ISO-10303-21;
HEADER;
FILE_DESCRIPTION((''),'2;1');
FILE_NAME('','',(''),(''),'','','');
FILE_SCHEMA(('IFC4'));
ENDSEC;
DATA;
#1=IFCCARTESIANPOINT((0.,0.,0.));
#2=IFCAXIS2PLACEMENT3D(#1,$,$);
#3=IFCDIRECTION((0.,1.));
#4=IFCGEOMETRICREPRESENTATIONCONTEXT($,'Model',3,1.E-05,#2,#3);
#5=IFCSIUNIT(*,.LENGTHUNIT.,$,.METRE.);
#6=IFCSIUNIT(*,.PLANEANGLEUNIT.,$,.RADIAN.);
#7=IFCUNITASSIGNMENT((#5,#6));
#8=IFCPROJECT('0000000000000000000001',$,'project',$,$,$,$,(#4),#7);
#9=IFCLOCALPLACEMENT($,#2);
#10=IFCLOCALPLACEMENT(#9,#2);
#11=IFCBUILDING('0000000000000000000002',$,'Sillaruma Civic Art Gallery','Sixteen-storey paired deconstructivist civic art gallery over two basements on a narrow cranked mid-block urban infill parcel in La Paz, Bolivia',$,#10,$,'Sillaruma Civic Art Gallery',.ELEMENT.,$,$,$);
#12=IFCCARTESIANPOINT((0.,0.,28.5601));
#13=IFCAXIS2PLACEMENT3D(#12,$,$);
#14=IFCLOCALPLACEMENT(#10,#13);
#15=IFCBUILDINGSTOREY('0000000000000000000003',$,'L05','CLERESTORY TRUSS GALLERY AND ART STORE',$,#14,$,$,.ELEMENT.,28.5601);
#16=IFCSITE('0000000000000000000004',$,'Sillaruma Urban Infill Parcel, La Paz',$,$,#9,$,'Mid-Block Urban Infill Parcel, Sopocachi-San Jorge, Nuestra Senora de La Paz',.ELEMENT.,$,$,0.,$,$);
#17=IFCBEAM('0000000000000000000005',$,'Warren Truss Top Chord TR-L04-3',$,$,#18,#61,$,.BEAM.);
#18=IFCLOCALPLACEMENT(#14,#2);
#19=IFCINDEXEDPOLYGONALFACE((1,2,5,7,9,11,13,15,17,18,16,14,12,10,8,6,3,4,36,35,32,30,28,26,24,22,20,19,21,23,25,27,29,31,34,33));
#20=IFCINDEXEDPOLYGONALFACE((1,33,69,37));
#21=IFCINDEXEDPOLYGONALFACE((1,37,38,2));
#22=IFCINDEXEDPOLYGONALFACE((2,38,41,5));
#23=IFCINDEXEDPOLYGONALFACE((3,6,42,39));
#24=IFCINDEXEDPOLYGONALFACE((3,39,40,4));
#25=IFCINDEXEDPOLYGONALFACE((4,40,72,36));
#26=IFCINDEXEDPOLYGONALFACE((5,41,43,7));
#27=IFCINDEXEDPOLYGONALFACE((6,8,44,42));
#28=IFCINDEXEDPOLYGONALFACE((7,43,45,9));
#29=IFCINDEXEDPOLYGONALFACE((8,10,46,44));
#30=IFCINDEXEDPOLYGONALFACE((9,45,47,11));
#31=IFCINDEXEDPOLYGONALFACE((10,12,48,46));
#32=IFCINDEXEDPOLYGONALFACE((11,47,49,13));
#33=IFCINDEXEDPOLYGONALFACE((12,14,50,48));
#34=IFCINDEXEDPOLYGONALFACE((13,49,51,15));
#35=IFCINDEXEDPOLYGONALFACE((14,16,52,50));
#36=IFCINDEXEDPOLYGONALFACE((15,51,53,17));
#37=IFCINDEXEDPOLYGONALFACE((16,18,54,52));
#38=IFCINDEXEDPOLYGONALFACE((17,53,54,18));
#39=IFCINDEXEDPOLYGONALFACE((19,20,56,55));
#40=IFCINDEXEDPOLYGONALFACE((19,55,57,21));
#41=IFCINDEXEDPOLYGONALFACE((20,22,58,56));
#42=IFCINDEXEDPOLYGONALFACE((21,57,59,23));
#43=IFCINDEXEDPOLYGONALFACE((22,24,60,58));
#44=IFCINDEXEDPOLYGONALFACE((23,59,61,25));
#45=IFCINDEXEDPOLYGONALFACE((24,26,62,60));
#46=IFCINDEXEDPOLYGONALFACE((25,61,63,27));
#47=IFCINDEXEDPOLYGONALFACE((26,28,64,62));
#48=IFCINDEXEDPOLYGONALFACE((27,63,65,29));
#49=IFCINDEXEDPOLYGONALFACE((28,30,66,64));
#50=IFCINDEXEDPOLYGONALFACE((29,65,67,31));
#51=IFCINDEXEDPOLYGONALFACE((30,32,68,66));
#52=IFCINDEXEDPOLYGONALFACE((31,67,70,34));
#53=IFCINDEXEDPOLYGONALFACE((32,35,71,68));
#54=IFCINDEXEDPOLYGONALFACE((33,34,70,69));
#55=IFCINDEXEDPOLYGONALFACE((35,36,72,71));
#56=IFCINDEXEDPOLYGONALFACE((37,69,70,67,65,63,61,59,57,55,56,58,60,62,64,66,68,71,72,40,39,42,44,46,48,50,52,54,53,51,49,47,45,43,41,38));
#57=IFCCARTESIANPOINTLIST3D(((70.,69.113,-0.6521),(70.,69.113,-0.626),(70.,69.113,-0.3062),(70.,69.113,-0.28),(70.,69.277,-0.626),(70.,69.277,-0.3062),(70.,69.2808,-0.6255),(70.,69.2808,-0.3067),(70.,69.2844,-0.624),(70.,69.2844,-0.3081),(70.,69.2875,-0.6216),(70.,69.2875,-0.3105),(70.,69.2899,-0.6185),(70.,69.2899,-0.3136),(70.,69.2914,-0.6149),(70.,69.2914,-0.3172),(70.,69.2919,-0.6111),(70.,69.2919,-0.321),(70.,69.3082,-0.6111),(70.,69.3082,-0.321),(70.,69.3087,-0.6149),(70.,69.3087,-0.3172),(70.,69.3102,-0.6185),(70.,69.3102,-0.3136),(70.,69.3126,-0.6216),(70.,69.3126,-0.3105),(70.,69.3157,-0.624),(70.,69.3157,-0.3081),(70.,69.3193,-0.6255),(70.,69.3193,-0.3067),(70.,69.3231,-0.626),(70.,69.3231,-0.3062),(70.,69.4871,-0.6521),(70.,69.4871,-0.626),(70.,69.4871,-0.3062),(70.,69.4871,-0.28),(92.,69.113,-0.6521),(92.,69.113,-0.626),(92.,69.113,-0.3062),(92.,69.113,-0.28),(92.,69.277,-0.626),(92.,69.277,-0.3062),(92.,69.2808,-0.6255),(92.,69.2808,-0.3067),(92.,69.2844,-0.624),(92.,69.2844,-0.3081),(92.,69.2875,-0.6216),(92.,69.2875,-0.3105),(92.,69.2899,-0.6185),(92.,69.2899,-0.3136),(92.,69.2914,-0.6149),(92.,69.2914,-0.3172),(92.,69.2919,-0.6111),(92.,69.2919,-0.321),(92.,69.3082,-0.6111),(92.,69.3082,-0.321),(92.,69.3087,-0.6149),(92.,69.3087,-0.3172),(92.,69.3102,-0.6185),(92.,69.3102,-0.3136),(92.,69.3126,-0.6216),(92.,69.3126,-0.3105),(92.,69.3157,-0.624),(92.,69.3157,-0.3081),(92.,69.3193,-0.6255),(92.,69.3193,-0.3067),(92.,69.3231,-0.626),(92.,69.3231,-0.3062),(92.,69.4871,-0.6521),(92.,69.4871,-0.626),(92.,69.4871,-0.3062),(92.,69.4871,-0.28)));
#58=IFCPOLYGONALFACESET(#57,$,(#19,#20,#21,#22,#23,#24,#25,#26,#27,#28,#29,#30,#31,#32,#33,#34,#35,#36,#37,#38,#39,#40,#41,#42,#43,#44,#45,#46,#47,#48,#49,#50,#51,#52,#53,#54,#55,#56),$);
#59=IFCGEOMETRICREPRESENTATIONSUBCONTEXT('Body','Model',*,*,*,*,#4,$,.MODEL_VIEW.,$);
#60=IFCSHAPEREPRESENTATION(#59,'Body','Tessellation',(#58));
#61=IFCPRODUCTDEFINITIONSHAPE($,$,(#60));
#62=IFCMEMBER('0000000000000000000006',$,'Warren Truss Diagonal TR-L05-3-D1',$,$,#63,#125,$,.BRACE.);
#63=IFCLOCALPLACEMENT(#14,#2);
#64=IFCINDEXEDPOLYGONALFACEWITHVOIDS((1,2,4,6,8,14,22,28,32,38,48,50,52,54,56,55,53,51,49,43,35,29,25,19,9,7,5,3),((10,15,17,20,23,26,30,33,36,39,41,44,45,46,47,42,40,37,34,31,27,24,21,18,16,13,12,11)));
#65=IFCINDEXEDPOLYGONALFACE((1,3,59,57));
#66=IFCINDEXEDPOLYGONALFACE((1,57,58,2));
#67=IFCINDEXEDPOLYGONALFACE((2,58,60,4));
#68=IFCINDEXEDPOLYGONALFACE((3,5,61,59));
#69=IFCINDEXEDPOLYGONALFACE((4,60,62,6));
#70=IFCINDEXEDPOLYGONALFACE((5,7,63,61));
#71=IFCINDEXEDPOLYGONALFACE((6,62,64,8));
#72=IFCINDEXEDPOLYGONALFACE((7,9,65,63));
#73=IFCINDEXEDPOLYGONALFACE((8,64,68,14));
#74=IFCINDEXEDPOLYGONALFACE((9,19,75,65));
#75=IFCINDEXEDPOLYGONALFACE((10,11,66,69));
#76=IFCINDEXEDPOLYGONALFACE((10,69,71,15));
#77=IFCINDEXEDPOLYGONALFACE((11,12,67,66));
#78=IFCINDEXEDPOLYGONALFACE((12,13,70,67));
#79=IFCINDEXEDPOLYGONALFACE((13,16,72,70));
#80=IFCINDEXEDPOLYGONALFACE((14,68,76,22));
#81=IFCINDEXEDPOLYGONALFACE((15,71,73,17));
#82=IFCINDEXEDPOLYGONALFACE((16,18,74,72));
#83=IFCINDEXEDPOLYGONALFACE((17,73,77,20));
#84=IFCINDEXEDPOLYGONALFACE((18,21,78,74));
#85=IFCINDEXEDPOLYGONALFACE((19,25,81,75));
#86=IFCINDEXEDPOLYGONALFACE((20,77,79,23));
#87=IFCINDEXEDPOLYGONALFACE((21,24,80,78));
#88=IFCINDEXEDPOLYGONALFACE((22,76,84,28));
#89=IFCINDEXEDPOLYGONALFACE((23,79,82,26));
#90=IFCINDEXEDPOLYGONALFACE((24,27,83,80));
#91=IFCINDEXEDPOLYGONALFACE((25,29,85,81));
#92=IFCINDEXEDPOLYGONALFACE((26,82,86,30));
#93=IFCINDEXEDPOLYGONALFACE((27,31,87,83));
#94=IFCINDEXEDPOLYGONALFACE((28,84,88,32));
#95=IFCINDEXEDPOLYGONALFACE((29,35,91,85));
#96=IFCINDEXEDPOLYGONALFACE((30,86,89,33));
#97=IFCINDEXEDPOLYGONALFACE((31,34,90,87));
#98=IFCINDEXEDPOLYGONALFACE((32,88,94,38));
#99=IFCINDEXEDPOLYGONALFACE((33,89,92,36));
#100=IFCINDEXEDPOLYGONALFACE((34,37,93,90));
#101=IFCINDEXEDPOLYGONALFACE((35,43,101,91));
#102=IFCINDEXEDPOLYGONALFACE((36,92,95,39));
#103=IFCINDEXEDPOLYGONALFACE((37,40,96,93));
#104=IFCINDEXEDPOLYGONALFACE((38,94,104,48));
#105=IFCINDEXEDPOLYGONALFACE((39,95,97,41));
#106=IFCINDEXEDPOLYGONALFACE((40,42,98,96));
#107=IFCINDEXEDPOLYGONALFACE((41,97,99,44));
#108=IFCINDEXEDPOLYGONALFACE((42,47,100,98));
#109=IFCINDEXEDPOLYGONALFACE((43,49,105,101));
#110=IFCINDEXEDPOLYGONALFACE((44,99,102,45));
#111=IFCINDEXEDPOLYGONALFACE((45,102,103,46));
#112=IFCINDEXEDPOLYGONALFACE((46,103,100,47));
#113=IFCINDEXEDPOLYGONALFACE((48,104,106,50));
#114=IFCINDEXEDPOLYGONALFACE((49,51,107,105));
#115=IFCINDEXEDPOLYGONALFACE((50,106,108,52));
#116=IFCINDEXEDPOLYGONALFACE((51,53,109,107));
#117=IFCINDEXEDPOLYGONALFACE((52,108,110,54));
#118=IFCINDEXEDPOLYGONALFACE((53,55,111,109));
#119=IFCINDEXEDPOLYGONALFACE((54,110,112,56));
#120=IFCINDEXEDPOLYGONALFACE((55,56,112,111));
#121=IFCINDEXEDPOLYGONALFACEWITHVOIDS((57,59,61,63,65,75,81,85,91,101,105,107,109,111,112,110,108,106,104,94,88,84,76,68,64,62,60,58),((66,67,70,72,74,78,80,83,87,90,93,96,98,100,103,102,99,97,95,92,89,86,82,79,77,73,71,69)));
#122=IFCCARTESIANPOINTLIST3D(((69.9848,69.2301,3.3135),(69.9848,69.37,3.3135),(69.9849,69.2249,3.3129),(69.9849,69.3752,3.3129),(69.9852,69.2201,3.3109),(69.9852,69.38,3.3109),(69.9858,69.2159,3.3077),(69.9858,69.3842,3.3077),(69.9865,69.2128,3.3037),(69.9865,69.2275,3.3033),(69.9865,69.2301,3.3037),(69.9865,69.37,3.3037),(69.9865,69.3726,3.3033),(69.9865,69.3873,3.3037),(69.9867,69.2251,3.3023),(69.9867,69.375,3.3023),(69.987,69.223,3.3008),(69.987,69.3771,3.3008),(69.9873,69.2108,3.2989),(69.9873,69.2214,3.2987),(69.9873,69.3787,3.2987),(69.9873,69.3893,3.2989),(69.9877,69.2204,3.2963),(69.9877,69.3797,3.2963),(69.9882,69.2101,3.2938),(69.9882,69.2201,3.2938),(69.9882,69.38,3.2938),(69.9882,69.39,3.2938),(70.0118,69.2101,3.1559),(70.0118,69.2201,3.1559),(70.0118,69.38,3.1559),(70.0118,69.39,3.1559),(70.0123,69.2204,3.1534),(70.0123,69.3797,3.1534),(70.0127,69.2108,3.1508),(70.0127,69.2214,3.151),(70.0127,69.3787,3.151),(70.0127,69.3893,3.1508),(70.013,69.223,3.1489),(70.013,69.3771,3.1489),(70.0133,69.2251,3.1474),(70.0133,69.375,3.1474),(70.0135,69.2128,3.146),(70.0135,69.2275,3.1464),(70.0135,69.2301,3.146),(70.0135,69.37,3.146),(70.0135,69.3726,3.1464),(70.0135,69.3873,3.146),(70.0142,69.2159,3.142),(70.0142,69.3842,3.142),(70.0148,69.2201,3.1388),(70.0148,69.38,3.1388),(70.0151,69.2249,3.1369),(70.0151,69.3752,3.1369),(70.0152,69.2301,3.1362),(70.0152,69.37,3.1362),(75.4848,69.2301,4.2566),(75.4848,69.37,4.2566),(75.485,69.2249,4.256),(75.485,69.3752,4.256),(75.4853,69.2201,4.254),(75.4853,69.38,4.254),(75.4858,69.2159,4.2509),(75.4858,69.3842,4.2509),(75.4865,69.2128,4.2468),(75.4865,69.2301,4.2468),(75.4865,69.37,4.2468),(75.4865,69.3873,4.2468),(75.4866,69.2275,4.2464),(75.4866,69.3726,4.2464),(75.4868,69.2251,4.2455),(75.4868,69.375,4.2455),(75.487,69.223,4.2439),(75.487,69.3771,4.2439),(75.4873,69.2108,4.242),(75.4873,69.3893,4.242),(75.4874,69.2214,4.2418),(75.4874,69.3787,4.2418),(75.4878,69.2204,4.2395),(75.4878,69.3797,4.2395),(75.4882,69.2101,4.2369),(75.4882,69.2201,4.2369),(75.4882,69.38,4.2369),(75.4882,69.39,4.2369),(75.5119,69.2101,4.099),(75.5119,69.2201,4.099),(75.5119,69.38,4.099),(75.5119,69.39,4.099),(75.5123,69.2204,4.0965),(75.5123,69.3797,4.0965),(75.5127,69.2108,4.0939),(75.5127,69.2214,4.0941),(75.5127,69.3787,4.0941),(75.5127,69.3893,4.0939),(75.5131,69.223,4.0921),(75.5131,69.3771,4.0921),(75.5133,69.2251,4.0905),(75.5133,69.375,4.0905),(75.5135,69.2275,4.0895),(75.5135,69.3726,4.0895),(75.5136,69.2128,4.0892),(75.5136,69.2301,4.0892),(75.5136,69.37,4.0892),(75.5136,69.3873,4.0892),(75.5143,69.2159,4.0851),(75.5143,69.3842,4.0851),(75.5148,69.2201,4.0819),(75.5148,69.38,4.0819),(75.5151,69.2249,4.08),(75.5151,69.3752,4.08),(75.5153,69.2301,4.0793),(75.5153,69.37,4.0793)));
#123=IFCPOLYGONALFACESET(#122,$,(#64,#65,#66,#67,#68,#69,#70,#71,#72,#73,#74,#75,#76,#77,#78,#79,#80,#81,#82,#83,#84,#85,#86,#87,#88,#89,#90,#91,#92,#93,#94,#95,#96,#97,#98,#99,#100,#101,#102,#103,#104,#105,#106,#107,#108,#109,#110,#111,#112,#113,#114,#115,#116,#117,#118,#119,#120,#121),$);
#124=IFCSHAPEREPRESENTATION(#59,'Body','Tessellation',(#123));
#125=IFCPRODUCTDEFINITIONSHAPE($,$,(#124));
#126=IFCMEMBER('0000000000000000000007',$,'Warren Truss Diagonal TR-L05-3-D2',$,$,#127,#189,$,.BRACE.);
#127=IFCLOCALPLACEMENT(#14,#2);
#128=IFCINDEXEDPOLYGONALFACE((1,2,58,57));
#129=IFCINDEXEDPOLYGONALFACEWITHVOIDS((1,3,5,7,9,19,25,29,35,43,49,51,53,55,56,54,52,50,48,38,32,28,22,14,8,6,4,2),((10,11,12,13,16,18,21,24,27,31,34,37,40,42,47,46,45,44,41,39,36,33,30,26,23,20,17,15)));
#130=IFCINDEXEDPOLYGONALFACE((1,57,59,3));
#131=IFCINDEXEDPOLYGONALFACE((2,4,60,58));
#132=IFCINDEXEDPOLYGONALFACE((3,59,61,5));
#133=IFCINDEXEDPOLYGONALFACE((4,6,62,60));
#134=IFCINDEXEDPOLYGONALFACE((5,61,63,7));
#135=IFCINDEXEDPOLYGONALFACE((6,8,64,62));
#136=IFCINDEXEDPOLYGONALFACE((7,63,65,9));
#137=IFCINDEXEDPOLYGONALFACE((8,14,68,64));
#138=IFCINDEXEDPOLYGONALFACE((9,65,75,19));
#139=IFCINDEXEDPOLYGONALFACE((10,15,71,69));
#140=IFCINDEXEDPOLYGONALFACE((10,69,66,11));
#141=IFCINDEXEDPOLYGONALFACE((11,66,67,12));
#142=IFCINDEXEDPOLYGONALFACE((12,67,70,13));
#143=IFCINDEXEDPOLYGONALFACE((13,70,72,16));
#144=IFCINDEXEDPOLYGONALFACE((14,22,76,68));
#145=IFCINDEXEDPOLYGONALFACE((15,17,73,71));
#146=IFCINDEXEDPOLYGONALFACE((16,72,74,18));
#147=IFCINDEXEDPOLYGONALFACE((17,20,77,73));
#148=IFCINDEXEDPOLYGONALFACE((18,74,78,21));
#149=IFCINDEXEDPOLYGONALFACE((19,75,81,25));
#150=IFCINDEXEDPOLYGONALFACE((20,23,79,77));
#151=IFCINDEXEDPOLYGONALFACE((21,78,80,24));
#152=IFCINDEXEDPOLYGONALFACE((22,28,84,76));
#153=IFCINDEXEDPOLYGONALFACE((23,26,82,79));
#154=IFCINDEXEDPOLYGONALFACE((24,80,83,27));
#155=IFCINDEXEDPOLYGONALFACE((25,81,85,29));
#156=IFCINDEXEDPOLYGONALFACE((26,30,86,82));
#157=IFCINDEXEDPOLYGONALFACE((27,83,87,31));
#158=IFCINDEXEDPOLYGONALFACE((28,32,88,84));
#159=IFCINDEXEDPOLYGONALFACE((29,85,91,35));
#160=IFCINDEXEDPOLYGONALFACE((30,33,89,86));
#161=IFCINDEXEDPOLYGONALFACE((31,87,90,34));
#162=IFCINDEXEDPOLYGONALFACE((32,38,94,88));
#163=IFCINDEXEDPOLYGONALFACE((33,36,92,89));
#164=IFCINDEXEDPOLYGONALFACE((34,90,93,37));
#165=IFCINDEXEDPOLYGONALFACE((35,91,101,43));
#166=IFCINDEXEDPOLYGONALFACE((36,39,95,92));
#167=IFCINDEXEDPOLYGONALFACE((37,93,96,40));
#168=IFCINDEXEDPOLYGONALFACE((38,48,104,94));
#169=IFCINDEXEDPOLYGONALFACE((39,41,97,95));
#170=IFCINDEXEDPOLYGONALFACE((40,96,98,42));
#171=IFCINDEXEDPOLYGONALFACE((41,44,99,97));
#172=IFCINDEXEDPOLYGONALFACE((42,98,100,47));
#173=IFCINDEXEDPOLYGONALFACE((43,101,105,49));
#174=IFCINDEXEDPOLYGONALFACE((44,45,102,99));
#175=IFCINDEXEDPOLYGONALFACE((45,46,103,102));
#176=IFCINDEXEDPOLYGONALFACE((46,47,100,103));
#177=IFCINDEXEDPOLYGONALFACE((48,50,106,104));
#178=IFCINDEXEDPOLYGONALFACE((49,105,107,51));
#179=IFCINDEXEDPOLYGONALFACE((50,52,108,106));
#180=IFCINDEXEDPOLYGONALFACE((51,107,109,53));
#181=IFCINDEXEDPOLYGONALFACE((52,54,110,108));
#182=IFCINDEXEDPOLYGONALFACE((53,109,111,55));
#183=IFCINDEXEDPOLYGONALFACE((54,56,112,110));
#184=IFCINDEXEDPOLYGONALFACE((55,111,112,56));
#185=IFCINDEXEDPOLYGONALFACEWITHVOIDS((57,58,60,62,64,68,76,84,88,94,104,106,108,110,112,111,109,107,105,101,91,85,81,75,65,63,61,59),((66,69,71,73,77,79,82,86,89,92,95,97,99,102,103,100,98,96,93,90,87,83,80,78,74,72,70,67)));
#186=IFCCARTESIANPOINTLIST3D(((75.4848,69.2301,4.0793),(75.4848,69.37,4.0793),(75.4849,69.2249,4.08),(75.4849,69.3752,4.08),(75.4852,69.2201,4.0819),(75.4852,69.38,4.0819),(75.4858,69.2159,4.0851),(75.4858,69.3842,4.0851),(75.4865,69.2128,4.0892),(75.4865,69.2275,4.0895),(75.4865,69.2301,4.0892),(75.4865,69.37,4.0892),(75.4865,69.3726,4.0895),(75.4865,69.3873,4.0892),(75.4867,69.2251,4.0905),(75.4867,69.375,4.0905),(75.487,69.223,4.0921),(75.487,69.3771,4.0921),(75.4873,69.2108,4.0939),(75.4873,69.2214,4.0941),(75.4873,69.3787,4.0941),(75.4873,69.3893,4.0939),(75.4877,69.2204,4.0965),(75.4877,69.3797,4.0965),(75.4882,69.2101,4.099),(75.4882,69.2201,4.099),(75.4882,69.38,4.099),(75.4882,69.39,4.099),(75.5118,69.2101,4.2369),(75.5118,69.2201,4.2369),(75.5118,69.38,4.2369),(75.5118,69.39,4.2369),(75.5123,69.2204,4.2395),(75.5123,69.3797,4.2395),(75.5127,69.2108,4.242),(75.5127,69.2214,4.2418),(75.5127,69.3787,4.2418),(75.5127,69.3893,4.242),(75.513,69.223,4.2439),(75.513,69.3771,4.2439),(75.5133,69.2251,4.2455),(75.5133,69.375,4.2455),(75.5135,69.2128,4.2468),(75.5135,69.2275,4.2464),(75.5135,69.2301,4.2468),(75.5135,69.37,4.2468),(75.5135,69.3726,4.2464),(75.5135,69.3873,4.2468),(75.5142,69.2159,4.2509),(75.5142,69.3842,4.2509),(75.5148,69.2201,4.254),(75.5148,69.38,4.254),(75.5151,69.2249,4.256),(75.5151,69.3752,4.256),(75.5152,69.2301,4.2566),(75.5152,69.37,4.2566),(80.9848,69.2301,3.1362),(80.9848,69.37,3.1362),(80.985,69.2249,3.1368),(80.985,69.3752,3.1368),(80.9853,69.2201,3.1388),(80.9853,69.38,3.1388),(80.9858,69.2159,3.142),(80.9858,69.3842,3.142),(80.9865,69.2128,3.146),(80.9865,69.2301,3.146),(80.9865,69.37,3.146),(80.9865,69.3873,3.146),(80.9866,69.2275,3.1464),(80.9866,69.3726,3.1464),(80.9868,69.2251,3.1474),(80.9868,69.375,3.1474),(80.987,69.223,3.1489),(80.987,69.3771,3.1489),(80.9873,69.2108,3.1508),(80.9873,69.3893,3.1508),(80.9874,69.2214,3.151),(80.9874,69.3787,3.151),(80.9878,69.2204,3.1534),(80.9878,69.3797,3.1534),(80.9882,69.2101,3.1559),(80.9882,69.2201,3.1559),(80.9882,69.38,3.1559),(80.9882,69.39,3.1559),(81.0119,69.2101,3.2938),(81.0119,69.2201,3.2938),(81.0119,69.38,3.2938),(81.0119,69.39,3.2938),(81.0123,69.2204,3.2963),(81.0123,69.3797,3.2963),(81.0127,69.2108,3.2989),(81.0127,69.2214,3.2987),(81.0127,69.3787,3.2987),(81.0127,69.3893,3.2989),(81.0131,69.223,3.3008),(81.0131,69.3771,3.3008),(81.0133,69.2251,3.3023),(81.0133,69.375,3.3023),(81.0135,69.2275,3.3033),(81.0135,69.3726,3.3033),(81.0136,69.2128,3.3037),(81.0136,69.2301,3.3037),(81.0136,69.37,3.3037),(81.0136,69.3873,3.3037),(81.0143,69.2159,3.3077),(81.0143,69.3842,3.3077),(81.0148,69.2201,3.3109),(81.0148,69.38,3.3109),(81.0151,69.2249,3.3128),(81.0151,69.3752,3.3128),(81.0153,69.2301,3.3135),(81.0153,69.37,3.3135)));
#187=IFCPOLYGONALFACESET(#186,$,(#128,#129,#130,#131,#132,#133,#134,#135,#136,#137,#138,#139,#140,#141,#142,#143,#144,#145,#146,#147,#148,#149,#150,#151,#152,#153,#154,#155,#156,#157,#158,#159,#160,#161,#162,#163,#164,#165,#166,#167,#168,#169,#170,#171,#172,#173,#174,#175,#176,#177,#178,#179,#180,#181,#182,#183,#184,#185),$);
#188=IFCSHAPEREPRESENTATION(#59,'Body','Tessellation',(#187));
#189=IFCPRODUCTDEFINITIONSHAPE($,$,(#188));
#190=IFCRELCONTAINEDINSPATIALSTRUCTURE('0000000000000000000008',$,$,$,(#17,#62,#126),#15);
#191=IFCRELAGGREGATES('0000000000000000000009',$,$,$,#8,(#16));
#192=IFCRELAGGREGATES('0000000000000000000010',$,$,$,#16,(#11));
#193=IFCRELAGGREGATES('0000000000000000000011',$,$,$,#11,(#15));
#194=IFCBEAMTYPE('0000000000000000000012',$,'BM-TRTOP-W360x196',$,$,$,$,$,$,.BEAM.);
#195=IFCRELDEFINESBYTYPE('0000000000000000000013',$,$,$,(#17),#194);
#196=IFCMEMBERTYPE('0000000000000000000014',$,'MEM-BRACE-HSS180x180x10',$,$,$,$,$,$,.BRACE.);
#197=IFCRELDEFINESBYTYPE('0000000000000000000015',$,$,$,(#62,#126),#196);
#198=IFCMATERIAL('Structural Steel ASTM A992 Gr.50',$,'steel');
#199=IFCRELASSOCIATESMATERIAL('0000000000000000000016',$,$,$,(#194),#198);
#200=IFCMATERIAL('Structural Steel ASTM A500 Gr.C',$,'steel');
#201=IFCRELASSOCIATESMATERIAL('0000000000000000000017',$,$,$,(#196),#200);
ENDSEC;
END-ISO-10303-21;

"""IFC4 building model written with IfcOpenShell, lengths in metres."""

from ifc_helpers import new_model, si_unit, direction, frame, origin, origin_2d, place, context, subcontext, project, spatial, hollow_rectangle, i_section, extrude, material, material_profile, profile_set, type_object, element, save


model = new_model("IFC4")

# Units and contexts
model_context = context("Model", 3, precision=1e-05, world=origin(), true_north=direction((0.0, 1.0)))
body_context = subcontext(model_context, "Body", "Model", "MODEL_VIEW")
ifc_project = project(units=[si_unit("LENGTHUNIT", "METRE"), si_unit("PLANEANGLEUNIT", "RADIAN")], contexts=[model_context])

# Site, building, storey
site_placement = place(None, origin())
site = spatial("IfcSite", under=ifc_project, at=site_placement, Name="Sillaruma Urban Infill Parcel, La Paz", LongName="Mid-Block Urban Infill Parcel, Sopocachi-San Jorge, Nuestra Senora de La Paz", CompositionType="ELEMENT", RefElevation=0.0)
building_placement = place(site_placement, origin())
building = spatial("IfcBuilding", under=site, at=building_placement, Name="Sillaruma Civic Art Gallery", Description="Sixteen-storey paired deconstructivist civic art gallery over two basements on a narrow cranked mid-block urban infill parcel in La Paz, Bolivia", LongName="Sillaruma Civic Art Gallery", CompositionType="ELEMENT")
storey_placement = place(building_placement, frame((0.0, 0.0, 28.5601)))
storey = spatial("IfcBuildingStorey", under=building, at=storey_placement, Name="L05", Description="CLERESTORY TRUSS GALLERY AND ART STORE", CompositionType="ELEMENT", Elevation=28.5601)

# Beam
ifc_material_1 = material(Name="Structural Steel ASTM A992 Gr.50", Category="steel")
ifc_material_profile_1 = material_profile(ifc_material_1, i_section(OverallWidth=0.374, OverallDepth=0.3721, WebThickness=0.0164, FlangeThickness=0.0261, FilletRadius=0.0149, at=origin_2d()), Name="W360x196")
ifc_profile_set_1 = profile_set([ifc_material_profile_1], Name="Structural Steel ASTM A992 Gr.50")
beam_type_1 = type_object("IfcBeamType", Name="BM-TRTOP-W360x196", PredefinedType="BEAM", material=ifc_profile_set_1)
beam_1_placement = place(storey_placement, frame((70.0, 69.3, -0.4661), z_axis=(1.0, 0.0, 0.0), x_axis=(0.0, 1.0, 0.0)))
element("IfcBeam", 1, at=beam_1_placement, inside=storey, type_object=beam_type_1, Name="Warren Truss Top Chord TR-L04-3", PredefinedType="BEAM", context=body_context, shape_type="SweptSolid", body=[
    extrude(i_section(OverallWidth=0.374, OverallDepth=0.3721, WebThickness=0.0164, FlangeThickness=0.0261, FilletRadius=0.0149, at=origin_2d()), origin(), (0.0, 0.0, 1.0), 22.0),
])

# Members
ifc_material_2 = material(Name="Structural Steel ASTM A500 Gr.C", Category="steel")
ifc_material_profile_2 = material_profile(ifc_material_2, hollow_rectangle(XDim=0.1799, YDim=0.1799, WallThickness=0.01, InnerFilletRadius=0.01, OuterFilletRadius=0.02, at=origin_2d()), Name="HSS180x180x10")
ifc_profile_set_2 = profile_set([ifc_material_profile_2], Name="Structural Steel ASTM A500 Gr.C")
member_type_1 = type_object("IfcMemberType", Name="MEM-BRACE-HSS180x180x10", PredefinedType="BRACE", material=ifc_profile_set_2)
for number, where, z_axis, x_axis, name in (
    (2, (70.0, 69.3, 3.2249), (0.985615, 0.0, 0.169009), (0.0, 1.0, 0.0), "Warren Truss Diagonal TR-L05-3-D1"),
    (3, (75.5, 69.3, 4.168), (0.985615, 0.0, -0.169009), (0.0, 1.0, 0.0), "Warren Truss Diagonal TR-L05-3-D2"),
):
    element("IfcMember", number, at=place(storey_placement, frame(where, z_axis=z_axis, x_axis=x_axis)), inside=storey, type_object=member_type_1, Name=name, PredefinedType="BRACE", context=body_context, shape_type="SweptSolid", body=[
        extrude(hollow_rectangle(XDim=0.1799, YDim=0.1799, WallThickness=0.01, InnerFilletRadius=0.01, OuterFilletRadius=0.02, at=origin_2d()), origin(), (0.0, 0.0, 1.0), 5.5803),
    ])

save(model, "model.ifc")
